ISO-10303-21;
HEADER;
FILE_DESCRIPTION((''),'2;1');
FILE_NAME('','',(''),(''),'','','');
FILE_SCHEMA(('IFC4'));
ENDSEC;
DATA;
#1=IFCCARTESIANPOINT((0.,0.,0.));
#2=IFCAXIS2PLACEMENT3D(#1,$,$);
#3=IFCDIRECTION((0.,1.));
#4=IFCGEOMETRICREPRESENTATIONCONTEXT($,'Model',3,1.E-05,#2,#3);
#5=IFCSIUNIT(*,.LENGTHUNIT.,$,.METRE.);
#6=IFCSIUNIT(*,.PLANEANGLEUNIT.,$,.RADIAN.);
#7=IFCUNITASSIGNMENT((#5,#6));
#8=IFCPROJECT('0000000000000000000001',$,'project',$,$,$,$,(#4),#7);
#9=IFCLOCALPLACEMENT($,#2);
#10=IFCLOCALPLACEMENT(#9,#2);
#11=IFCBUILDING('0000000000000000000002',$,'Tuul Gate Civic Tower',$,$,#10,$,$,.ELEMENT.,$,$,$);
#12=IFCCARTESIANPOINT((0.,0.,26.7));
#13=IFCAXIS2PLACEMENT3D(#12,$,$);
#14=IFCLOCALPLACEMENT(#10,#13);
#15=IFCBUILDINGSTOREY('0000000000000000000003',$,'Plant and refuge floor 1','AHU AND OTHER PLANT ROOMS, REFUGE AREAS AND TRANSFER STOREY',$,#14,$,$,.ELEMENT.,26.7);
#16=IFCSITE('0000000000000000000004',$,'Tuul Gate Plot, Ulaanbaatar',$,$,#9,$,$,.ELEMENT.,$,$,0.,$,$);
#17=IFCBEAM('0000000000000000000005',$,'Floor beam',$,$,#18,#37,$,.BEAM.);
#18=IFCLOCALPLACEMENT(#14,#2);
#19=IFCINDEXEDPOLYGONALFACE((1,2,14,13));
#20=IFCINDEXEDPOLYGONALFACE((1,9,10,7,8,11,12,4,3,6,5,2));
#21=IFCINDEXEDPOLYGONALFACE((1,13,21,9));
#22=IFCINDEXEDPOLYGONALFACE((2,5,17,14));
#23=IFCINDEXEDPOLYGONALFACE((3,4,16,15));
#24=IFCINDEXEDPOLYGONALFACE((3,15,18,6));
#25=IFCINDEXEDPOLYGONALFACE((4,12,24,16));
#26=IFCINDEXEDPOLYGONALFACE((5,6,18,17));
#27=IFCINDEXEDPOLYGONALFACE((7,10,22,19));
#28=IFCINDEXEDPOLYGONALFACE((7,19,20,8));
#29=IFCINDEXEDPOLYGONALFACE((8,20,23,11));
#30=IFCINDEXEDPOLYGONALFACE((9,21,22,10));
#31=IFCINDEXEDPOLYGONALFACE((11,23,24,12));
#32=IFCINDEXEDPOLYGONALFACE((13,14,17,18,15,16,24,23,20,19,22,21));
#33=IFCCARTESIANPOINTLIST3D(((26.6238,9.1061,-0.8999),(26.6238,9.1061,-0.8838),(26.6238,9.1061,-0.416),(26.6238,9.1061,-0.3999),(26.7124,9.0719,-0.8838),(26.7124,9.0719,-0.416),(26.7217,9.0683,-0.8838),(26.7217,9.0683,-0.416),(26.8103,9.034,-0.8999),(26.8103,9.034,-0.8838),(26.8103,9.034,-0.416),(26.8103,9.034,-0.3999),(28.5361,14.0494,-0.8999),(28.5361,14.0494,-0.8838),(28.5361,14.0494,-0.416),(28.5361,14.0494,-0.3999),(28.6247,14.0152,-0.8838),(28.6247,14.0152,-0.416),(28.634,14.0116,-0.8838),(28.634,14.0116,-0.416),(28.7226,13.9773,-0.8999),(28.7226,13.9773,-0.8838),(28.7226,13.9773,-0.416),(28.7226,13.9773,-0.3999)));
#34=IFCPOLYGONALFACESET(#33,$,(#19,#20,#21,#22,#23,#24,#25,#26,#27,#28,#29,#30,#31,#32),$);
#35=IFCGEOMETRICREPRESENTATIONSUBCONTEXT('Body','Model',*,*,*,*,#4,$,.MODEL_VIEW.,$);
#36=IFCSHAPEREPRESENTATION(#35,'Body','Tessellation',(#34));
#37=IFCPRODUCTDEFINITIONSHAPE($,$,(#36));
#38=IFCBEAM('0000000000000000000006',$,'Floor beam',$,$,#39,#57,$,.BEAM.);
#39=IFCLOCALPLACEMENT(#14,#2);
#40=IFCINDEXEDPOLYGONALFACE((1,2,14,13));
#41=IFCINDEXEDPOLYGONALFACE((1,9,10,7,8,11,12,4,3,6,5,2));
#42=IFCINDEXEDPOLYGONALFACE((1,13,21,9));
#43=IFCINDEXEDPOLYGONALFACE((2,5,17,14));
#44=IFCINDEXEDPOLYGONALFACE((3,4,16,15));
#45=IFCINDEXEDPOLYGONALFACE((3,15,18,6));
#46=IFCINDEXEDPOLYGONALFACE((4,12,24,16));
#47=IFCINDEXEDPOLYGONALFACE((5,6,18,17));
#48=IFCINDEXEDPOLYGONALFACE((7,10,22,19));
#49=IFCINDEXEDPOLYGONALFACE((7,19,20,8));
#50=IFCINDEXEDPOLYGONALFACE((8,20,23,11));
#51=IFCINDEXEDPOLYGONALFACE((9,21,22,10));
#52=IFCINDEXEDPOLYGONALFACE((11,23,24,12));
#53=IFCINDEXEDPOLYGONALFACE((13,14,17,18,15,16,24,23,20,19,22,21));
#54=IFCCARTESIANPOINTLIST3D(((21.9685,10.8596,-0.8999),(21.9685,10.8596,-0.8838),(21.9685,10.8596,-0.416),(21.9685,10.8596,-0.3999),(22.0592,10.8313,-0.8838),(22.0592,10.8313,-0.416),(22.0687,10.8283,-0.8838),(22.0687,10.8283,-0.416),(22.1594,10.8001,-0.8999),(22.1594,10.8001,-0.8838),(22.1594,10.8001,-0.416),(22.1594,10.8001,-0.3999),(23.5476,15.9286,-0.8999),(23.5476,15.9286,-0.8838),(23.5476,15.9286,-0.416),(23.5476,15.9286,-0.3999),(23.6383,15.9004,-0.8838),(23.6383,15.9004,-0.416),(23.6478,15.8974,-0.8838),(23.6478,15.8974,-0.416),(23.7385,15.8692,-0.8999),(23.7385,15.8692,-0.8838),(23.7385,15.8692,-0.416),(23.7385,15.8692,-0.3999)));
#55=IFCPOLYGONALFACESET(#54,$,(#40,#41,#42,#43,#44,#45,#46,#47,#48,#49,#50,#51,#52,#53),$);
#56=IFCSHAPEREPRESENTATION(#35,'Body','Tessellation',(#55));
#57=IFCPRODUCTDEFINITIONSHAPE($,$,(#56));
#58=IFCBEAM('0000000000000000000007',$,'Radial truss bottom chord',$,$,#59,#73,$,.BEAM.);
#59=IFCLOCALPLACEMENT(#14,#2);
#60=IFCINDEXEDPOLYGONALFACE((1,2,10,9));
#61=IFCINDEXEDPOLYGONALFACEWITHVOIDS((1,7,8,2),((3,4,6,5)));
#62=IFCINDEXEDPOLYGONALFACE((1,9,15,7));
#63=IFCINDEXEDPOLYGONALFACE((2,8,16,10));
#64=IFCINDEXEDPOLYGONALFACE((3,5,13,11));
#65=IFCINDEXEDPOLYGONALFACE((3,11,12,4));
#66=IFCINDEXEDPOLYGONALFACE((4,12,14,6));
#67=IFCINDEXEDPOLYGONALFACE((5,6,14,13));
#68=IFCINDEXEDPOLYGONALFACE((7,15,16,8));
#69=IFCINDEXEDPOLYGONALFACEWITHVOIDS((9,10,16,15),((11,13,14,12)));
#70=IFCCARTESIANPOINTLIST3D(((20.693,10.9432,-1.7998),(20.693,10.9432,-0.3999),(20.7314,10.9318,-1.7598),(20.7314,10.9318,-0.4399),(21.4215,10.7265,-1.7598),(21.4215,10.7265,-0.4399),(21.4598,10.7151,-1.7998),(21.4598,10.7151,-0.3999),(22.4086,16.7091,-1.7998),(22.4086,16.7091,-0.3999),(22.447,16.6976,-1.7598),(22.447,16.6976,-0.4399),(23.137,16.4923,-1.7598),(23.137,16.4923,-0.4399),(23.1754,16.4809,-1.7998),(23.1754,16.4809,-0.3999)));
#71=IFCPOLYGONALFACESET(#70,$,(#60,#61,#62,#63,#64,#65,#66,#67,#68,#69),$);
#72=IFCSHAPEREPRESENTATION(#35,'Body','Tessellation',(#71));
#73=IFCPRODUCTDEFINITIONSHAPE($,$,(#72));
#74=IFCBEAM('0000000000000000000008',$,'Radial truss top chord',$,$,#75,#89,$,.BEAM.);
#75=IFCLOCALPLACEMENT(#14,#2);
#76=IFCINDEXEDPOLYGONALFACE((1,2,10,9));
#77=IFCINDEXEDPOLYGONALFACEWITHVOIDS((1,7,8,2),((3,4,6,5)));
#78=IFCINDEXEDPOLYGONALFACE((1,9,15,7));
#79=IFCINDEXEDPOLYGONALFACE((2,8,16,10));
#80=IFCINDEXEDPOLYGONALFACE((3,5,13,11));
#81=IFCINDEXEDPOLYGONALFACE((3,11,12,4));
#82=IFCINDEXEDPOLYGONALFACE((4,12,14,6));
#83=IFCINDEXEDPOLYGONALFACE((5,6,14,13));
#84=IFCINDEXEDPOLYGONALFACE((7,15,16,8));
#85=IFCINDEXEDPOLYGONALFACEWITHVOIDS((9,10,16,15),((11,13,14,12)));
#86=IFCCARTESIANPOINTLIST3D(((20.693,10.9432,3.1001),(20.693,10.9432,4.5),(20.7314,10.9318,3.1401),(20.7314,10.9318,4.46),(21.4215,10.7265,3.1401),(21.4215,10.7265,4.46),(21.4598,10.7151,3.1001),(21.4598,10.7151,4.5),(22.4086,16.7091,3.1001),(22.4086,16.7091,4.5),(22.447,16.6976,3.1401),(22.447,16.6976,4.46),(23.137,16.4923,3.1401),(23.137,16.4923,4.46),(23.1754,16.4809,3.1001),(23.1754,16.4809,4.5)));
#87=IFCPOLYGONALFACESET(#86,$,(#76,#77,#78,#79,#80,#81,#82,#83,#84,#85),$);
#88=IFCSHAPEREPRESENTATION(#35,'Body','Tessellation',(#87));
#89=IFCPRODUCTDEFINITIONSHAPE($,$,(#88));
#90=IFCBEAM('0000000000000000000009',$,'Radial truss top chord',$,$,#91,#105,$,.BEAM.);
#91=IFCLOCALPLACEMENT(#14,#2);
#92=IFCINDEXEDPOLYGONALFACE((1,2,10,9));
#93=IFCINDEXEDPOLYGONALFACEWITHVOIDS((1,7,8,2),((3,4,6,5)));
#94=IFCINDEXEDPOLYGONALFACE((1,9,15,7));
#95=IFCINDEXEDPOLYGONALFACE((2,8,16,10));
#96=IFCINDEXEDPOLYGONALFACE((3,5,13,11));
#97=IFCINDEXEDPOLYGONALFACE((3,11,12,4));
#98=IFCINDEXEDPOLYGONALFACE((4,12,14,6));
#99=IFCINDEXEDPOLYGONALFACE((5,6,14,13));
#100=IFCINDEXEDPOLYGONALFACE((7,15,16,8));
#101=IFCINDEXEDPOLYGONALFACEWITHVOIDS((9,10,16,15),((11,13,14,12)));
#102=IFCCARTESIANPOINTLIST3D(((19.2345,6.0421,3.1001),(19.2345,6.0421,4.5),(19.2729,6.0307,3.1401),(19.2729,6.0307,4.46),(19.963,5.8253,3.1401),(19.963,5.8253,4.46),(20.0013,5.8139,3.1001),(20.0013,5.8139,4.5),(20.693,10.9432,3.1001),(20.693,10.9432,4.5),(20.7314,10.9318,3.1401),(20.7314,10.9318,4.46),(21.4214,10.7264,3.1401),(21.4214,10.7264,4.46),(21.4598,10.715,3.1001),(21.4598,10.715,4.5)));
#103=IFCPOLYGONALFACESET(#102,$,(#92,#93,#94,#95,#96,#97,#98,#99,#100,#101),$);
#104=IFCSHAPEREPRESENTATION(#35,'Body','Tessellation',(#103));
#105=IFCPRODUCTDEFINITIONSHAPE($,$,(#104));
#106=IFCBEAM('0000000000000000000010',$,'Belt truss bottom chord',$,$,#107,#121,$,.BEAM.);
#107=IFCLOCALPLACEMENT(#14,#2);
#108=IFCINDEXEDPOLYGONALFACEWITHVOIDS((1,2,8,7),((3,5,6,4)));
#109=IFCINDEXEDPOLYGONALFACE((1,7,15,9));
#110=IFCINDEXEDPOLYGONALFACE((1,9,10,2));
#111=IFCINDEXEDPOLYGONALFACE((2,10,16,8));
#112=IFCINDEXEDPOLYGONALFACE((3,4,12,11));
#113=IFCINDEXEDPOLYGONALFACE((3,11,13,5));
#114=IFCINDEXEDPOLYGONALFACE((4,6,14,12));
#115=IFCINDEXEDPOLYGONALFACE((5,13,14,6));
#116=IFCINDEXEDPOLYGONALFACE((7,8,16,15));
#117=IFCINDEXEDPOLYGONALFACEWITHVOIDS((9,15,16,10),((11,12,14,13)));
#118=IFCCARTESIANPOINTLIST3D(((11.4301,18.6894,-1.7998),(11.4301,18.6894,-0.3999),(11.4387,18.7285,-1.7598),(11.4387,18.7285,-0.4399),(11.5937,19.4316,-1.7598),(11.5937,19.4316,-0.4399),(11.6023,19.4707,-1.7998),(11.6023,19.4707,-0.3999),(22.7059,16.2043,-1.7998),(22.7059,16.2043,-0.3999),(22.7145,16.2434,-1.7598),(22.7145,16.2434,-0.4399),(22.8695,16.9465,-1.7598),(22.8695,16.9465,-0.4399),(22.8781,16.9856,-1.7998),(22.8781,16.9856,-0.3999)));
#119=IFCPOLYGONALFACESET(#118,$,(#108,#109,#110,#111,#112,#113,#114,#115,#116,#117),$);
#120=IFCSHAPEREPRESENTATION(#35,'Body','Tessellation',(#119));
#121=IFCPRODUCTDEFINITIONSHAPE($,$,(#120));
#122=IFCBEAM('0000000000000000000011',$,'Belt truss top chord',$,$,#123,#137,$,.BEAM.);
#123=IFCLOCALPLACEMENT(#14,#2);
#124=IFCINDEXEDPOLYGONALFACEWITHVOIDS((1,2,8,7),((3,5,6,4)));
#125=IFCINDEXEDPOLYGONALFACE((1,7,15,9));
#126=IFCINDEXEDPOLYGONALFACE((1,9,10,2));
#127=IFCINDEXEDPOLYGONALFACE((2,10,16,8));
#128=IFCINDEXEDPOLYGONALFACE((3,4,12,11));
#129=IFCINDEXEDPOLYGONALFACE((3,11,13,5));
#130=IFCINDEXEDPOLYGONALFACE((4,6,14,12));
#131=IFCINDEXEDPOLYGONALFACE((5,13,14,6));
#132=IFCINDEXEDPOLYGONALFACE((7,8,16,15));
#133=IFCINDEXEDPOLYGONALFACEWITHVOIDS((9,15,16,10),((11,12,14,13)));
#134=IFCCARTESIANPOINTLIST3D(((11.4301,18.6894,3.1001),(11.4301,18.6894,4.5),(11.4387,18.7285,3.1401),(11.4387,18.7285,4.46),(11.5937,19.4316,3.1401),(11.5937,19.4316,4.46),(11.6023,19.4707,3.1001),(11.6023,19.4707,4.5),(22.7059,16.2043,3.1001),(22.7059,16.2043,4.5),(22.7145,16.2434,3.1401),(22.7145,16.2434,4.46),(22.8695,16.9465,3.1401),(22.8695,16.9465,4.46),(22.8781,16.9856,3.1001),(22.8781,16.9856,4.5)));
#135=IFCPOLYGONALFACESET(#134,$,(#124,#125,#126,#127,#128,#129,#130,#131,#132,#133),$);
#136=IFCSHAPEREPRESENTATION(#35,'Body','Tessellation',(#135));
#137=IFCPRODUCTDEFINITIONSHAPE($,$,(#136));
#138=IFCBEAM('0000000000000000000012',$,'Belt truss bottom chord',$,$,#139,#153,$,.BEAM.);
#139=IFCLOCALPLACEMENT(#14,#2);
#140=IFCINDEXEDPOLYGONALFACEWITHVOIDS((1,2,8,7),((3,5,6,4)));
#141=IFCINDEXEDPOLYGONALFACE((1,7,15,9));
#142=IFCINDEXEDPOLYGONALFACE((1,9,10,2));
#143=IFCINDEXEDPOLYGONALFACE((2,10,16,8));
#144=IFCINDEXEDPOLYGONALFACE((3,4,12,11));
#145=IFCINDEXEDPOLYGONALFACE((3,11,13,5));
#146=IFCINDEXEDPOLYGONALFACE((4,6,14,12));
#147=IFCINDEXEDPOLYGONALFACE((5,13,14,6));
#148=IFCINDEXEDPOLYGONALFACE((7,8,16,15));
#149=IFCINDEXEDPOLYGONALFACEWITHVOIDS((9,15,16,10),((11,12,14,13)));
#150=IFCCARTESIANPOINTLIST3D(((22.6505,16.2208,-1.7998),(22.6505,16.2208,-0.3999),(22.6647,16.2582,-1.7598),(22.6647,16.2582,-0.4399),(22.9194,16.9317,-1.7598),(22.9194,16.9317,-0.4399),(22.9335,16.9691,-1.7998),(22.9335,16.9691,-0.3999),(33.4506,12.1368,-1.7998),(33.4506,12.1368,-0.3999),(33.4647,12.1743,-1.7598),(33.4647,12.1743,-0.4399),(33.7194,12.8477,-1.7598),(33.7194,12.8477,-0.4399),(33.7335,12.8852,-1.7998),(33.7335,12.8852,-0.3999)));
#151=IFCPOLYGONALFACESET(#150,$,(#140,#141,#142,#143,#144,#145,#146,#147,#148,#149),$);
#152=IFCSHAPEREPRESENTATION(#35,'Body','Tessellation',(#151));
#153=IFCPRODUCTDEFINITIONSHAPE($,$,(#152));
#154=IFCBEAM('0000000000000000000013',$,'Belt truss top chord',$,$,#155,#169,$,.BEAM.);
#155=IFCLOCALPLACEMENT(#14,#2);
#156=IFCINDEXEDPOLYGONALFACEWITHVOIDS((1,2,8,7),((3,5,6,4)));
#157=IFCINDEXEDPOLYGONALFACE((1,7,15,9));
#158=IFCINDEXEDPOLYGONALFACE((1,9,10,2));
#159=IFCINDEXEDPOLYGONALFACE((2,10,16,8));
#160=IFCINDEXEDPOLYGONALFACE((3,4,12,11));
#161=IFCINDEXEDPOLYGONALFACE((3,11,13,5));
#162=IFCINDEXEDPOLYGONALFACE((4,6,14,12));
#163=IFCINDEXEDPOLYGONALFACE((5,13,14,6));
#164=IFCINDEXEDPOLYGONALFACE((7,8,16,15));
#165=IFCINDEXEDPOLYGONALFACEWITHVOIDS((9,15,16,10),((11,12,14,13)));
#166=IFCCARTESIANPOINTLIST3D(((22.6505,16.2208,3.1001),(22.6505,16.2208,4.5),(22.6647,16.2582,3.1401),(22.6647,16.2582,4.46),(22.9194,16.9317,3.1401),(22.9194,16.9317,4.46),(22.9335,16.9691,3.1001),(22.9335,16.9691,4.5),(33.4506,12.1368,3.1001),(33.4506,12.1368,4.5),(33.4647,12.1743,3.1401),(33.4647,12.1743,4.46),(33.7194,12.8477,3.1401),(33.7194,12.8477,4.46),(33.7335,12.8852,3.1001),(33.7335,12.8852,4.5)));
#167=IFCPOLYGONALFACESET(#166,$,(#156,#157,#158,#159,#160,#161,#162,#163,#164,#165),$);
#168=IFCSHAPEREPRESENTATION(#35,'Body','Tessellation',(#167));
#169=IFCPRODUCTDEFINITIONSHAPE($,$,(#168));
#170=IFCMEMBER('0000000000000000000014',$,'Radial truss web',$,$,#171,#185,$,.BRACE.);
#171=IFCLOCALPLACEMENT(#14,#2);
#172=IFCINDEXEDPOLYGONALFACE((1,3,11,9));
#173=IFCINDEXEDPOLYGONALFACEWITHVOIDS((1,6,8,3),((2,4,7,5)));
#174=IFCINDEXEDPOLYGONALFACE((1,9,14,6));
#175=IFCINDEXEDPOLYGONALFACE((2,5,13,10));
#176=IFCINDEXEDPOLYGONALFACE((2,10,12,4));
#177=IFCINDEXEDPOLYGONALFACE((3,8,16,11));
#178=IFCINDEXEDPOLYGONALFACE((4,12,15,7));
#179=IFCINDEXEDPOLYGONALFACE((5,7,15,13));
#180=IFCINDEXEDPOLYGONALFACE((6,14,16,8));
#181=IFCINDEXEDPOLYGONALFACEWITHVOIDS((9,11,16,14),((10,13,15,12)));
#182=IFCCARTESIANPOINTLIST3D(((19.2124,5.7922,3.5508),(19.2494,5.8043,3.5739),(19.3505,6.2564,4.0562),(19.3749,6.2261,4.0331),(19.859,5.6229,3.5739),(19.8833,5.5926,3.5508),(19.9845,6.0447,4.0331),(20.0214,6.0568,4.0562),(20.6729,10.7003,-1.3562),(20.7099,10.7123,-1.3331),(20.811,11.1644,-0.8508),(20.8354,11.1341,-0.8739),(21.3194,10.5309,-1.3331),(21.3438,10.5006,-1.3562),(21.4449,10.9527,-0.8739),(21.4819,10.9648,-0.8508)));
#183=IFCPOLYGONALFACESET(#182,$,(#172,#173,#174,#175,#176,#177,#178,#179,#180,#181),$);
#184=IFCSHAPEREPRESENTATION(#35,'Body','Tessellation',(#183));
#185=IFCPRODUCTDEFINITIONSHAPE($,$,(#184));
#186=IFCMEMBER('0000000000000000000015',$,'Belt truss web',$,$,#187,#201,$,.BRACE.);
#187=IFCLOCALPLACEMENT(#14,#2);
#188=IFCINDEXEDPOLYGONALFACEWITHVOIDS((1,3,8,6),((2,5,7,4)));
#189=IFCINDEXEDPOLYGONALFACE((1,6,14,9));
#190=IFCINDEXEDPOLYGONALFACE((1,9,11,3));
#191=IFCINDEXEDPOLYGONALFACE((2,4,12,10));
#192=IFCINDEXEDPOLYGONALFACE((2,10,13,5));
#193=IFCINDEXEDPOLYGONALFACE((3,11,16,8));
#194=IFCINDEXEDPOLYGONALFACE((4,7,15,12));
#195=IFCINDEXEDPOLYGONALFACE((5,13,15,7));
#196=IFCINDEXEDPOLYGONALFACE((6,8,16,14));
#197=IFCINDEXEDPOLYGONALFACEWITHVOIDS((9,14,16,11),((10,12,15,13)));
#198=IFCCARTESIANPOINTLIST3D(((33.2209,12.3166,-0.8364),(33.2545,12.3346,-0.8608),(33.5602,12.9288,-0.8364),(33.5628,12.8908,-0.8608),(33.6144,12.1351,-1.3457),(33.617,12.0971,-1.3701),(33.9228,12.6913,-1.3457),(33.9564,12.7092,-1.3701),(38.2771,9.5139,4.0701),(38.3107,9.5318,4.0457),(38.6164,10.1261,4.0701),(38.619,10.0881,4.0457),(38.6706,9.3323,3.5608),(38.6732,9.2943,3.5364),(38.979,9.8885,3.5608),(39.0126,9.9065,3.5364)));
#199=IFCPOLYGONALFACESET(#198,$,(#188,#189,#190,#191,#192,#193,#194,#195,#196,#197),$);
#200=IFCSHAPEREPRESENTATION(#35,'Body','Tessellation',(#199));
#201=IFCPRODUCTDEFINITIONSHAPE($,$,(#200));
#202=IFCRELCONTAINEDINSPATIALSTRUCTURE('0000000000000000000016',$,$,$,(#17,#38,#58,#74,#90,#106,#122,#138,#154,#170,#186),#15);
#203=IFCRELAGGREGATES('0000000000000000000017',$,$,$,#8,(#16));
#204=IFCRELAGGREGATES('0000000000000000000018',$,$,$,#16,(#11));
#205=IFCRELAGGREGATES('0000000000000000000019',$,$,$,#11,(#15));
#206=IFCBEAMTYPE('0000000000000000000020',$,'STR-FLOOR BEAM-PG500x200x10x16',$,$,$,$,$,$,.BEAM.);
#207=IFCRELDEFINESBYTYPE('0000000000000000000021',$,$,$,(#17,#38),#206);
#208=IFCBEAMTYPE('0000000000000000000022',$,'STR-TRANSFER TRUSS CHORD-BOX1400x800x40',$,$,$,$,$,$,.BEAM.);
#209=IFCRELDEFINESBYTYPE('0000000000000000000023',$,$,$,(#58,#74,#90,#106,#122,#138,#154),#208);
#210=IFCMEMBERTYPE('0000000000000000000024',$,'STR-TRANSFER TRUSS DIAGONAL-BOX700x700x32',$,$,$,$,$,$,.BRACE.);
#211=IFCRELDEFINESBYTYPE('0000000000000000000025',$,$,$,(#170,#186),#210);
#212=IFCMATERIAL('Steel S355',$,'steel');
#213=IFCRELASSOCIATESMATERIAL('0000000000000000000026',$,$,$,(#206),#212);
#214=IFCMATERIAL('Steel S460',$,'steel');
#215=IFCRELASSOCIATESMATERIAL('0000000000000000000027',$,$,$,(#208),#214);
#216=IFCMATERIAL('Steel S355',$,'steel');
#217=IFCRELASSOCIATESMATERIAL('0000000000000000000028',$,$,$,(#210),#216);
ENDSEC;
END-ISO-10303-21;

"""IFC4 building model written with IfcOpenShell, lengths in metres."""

from ifc_helpers import new_model, si_unit, direction, frame, origin, origin_2d, place, context, subcontext, project, spatial, hollow_rectangle, i_section, extrude, material, material_profile, profile_set, type_object, element, save


model = new_model("IFC4")

# Units and contexts
model_context = context("Model", 3, precision=1e-05, world=origin(), true_north=direction((0.0, 1.0)))
body_context = subcontext(model_context, "Body", "Model", "MODEL_VIEW")
ifc_project = project(units=[si_unit("LENGTHUNIT", "METRE"), si_unit("PLANEANGLEUNIT", "RADIAN")], contexts=[model_context])

# Site, building, storey
site_placement = place(None, origin())
site = spatial("IfcSite", under=ifc_project, at=site_placement, Name="Tuul Gate Plot, Ulaanbaatar", CompositionType="ELEMENT", RefElevation=0.0)
building_placement = place(site_placement, origin())
building = spatial("IfcBuilding", under=site, at=building_placement, Name="Tuul Gate Civic Tower", CompositionType="ELEMENT")
storey_placement = place(building_placement, frame((0.0, 0.0, 26.7)))
storey = spatial("IfcBuildingStorey", under=building, at=storey_placement, Name="Plant and refuge floor 1", Description="AHU AND OTHER PLANT ROOMS, REFUGE AREAS AND TRANSFER STOREY", CompositionType="ELEMENT", Elevation=26.7)

# Beams
ifc_material_1 = material(Name="Steel S355", Category="steel")
ifc_material_profile_1 = material_profile(ifc_material_1, i_section(OverallWidth=0.2, OverallDepth=0.5, WebThickness=0.01, FlangeThickness=0.0161, at=origin_2d()), Name="PG500x200x10x16")
ifc_profile_set_1 = profile_set([ifc_material_profile_1], Name="Steel S355")
beam_type_1 = type_object("IfcBeamType", Name="STR-FLOOR BEAM-PG500x200x10x16", PredefinedType="BEAM", material=ifc_profile_set_1)
beam_1_placement = place(storey_placement, frame((26.717, 9.0701, -0.6499), z_axis=(0.360796, 0.932645, 0.0), x_axis=(-0.932645, 0.360796, 0.0)))
element("IfcBeam", 1, at=beam_1_placement, inside=storey, type_object=beam_type_1, Name="Floor beam", PredefinedType="BEAM", context=body_context, shape_type="SweptSolid", body=[
    extrude(i_section(OverallWidth=0.2, OverallDepth=0.5, WebThickness=0.01, FlangeThickness=0.0161, at=origin_2d()), origin(), (0.0, 0.0, 1.0), 5.3003),
])
beam_2_placement = place(storey_placement, frame((22.064, 10.8298, -0.6499), z_axis=(0.297419, 0.954747, 0.0), x_axis=(-0.954747, 0.297419, 0.0)))
element("IfcBeam", 2, at=beam_2_placement, inside=storey, type_object=beam_type_1, Name="Floor beam", PredefinedType="BEAM", context=body_context, shape_type="SweptSolid", body=[
    extrude(i_section(OverallWidth=0.2, OverallDepth=0.5, WebThickness=0.01, FlangeThickness=0.0161, at=origin_2d()), origin(), (0.0, 0.0, 1.0), 5.3093),
])
ifc_material_2 = material(Name="Steel S460", Category="steel")
ifc_material_profile_2 = material_profile(ifc_material_2, hollow_rectangle(XDim=0.8, YDim=1.3999, WallThickness=0.04, at=origin_2d()), Name="BOX1400x800x40")
ifc_profile_set_2 = profile_set([ifc_material_profile_2], Name="Steel S460")
beam_type_2 = type_object("IfcBeamType", Name="STR-TRANSFER TRUSS CHORD-BOX1400x800x40", PredefinedType="BEAM", material=ifc_profile_set_2)
for number, where, z_axis, x_axis, name in (
    (3, (22.792, 16.595, -1.0999), (-0.285184, -0.958473, 0.0), (0.958473, -0.285184, 0.0), "Radial truss bottom chord"),
    (4, (22.792, 16.595, 3.8), (-0.285184, -0.958473, 0.0), (0.958473, -0.285184, 0.0), "Radial truss top chord"),
):
    element("IfcBeam", number, at=place(storey_placement, frame(where, z_axis=z_axis, x_axis=x_axis)), inside=storey, type_object=beam_type_2, Name=name, PredefinedType="BEAM", context=body_context, shape_type="SweptSolid", body=[
        extrude(hollow_rectangle(XDim=0.8, YDim=1.3999, WallThickness=0.04, at=origin_2d()), origin(), (0.0, 0.0, 1.0), 6.0156),
    ])
beam_3_placement = place(storey_placement, frame((21.0764, 10.8291, 3.8), z_axis=(-0.285223, -0.958461, 0.0), x_axis=(0.958461, -0.285223, 0.0)))
element("IfcBeam", 5, at=beam_3_placement, inside=storey, type_object=beam_type_2, Name="Radial truss top chord", PredefinedType="BEAM", context=body_context, shape_type="SweptSolid", body=[
    extrude(hollow_rectangle(XDim=0.8, YDim=1.3999, WallThickness=0.04, at=origin_2d()), origin(), (0.0, 0.0, 1.0), 5.1135),
])
for number, where, z_axis, x_axis, name in (
    (6, (22.792, 16.595, -1.0999), (-0.976564, 0.215226, 0.0), (-0.215226, -0.976564, 0.0), "Belt truss bottom chord"),
    (7, (22.792, 16.595, 3.8), (-0.976564, 0.215226, 0.0), (-0.215226, -0.976564, 0.0), "Belt truss top chord"),
    (8, (33.592, 12.511, -1.0999), (-0.935358, 0.353701, 0.0), (-0.353701, -0.935358, 0.0), "Belt truss bottom chord"),
    (9, (33.592, 12.511, 3.8), (-0.935358, 0.353701, 0.0), (-0.353701, -0.935358, 0.0), "Belt truss top chord"),
):
    element("IfcBeam", number, at=place(storey_placement, frame(where, z_axis=z_axis, x_axis=x_axis)), inside=storey, type_object=beam_type_2, Name=name, PredefinedType="BEAM", context=body_context, shape_type="SweptSolid", body=[
        extrude(hollow_rectangle(XDim=0.8, YDim=1.3999, WallThickness=0.04, at=origin_2d()), origin(), (0.0, 0.0, 1.0), 11.5464),
    ])

# Members
ifc_material_3 = material(Name="Steel S355", Category="steel")
ifc_material_profile_3 = material_profile(ifc_material_3, hollow_rectangle(XDim=0.7, YDim=0.7, WallThickness=0.032, at=origin_2d()), Name="BOX700x700x32")
ifc_profile_set_3 = profile_set([ifc_material_profile_3], Name="Steel S355")
member_type_1 = type_object("IfcMemberType", Name="STR-TRANSFER TRUSS DIAGONAL-BOX700x700x32", PredefinedType="BRACE", material=ifc_profile_set_3)
member_1_placement = place(storey_placement, frame((21.0774, 10.8325, -1.1035), z_axis=(-0.205923, -0.692021, 0.691883), x_axis=(0.958466, -0.285208, 0.0)))
element("IfcMember", 10, at=member_1_placement, inside=storey, type_object=member_type_1, Name="Radial truss web", PredefinedType="BRACE", context=body_context, shape_type="SweptSolid", body=[
    extrude(hollow_rectangle(XDim=0.7, YDim=0.7, WallThickness=0.032, at=origin_2d()), origin(), (0.0, 0.0, 1.0), 7.0923),
])
member_2_placement = place(storey_placement, frame((33.5886, 12.5129, -1.1033), z_axis=(0.666822, -0.369634, 0.647085), x_axis=(0.484818, 0.874615, 0.0)))
element("IfcMember", 11, at=member_2_placement, inside=storey, type_object=member_type_1, Name="Belt truss web", PredefinedType="BRACE", context=body_context, shape_type="SweptSolid", body=[
    extrude(hollow_rectangle(XDim=0.7, YDim=0.7, WallThickness=0.032, at=origin_2d()), origin(), (0.0, 0.0, 1.0), 7.5825),
])

save(model, "model.ifc")
